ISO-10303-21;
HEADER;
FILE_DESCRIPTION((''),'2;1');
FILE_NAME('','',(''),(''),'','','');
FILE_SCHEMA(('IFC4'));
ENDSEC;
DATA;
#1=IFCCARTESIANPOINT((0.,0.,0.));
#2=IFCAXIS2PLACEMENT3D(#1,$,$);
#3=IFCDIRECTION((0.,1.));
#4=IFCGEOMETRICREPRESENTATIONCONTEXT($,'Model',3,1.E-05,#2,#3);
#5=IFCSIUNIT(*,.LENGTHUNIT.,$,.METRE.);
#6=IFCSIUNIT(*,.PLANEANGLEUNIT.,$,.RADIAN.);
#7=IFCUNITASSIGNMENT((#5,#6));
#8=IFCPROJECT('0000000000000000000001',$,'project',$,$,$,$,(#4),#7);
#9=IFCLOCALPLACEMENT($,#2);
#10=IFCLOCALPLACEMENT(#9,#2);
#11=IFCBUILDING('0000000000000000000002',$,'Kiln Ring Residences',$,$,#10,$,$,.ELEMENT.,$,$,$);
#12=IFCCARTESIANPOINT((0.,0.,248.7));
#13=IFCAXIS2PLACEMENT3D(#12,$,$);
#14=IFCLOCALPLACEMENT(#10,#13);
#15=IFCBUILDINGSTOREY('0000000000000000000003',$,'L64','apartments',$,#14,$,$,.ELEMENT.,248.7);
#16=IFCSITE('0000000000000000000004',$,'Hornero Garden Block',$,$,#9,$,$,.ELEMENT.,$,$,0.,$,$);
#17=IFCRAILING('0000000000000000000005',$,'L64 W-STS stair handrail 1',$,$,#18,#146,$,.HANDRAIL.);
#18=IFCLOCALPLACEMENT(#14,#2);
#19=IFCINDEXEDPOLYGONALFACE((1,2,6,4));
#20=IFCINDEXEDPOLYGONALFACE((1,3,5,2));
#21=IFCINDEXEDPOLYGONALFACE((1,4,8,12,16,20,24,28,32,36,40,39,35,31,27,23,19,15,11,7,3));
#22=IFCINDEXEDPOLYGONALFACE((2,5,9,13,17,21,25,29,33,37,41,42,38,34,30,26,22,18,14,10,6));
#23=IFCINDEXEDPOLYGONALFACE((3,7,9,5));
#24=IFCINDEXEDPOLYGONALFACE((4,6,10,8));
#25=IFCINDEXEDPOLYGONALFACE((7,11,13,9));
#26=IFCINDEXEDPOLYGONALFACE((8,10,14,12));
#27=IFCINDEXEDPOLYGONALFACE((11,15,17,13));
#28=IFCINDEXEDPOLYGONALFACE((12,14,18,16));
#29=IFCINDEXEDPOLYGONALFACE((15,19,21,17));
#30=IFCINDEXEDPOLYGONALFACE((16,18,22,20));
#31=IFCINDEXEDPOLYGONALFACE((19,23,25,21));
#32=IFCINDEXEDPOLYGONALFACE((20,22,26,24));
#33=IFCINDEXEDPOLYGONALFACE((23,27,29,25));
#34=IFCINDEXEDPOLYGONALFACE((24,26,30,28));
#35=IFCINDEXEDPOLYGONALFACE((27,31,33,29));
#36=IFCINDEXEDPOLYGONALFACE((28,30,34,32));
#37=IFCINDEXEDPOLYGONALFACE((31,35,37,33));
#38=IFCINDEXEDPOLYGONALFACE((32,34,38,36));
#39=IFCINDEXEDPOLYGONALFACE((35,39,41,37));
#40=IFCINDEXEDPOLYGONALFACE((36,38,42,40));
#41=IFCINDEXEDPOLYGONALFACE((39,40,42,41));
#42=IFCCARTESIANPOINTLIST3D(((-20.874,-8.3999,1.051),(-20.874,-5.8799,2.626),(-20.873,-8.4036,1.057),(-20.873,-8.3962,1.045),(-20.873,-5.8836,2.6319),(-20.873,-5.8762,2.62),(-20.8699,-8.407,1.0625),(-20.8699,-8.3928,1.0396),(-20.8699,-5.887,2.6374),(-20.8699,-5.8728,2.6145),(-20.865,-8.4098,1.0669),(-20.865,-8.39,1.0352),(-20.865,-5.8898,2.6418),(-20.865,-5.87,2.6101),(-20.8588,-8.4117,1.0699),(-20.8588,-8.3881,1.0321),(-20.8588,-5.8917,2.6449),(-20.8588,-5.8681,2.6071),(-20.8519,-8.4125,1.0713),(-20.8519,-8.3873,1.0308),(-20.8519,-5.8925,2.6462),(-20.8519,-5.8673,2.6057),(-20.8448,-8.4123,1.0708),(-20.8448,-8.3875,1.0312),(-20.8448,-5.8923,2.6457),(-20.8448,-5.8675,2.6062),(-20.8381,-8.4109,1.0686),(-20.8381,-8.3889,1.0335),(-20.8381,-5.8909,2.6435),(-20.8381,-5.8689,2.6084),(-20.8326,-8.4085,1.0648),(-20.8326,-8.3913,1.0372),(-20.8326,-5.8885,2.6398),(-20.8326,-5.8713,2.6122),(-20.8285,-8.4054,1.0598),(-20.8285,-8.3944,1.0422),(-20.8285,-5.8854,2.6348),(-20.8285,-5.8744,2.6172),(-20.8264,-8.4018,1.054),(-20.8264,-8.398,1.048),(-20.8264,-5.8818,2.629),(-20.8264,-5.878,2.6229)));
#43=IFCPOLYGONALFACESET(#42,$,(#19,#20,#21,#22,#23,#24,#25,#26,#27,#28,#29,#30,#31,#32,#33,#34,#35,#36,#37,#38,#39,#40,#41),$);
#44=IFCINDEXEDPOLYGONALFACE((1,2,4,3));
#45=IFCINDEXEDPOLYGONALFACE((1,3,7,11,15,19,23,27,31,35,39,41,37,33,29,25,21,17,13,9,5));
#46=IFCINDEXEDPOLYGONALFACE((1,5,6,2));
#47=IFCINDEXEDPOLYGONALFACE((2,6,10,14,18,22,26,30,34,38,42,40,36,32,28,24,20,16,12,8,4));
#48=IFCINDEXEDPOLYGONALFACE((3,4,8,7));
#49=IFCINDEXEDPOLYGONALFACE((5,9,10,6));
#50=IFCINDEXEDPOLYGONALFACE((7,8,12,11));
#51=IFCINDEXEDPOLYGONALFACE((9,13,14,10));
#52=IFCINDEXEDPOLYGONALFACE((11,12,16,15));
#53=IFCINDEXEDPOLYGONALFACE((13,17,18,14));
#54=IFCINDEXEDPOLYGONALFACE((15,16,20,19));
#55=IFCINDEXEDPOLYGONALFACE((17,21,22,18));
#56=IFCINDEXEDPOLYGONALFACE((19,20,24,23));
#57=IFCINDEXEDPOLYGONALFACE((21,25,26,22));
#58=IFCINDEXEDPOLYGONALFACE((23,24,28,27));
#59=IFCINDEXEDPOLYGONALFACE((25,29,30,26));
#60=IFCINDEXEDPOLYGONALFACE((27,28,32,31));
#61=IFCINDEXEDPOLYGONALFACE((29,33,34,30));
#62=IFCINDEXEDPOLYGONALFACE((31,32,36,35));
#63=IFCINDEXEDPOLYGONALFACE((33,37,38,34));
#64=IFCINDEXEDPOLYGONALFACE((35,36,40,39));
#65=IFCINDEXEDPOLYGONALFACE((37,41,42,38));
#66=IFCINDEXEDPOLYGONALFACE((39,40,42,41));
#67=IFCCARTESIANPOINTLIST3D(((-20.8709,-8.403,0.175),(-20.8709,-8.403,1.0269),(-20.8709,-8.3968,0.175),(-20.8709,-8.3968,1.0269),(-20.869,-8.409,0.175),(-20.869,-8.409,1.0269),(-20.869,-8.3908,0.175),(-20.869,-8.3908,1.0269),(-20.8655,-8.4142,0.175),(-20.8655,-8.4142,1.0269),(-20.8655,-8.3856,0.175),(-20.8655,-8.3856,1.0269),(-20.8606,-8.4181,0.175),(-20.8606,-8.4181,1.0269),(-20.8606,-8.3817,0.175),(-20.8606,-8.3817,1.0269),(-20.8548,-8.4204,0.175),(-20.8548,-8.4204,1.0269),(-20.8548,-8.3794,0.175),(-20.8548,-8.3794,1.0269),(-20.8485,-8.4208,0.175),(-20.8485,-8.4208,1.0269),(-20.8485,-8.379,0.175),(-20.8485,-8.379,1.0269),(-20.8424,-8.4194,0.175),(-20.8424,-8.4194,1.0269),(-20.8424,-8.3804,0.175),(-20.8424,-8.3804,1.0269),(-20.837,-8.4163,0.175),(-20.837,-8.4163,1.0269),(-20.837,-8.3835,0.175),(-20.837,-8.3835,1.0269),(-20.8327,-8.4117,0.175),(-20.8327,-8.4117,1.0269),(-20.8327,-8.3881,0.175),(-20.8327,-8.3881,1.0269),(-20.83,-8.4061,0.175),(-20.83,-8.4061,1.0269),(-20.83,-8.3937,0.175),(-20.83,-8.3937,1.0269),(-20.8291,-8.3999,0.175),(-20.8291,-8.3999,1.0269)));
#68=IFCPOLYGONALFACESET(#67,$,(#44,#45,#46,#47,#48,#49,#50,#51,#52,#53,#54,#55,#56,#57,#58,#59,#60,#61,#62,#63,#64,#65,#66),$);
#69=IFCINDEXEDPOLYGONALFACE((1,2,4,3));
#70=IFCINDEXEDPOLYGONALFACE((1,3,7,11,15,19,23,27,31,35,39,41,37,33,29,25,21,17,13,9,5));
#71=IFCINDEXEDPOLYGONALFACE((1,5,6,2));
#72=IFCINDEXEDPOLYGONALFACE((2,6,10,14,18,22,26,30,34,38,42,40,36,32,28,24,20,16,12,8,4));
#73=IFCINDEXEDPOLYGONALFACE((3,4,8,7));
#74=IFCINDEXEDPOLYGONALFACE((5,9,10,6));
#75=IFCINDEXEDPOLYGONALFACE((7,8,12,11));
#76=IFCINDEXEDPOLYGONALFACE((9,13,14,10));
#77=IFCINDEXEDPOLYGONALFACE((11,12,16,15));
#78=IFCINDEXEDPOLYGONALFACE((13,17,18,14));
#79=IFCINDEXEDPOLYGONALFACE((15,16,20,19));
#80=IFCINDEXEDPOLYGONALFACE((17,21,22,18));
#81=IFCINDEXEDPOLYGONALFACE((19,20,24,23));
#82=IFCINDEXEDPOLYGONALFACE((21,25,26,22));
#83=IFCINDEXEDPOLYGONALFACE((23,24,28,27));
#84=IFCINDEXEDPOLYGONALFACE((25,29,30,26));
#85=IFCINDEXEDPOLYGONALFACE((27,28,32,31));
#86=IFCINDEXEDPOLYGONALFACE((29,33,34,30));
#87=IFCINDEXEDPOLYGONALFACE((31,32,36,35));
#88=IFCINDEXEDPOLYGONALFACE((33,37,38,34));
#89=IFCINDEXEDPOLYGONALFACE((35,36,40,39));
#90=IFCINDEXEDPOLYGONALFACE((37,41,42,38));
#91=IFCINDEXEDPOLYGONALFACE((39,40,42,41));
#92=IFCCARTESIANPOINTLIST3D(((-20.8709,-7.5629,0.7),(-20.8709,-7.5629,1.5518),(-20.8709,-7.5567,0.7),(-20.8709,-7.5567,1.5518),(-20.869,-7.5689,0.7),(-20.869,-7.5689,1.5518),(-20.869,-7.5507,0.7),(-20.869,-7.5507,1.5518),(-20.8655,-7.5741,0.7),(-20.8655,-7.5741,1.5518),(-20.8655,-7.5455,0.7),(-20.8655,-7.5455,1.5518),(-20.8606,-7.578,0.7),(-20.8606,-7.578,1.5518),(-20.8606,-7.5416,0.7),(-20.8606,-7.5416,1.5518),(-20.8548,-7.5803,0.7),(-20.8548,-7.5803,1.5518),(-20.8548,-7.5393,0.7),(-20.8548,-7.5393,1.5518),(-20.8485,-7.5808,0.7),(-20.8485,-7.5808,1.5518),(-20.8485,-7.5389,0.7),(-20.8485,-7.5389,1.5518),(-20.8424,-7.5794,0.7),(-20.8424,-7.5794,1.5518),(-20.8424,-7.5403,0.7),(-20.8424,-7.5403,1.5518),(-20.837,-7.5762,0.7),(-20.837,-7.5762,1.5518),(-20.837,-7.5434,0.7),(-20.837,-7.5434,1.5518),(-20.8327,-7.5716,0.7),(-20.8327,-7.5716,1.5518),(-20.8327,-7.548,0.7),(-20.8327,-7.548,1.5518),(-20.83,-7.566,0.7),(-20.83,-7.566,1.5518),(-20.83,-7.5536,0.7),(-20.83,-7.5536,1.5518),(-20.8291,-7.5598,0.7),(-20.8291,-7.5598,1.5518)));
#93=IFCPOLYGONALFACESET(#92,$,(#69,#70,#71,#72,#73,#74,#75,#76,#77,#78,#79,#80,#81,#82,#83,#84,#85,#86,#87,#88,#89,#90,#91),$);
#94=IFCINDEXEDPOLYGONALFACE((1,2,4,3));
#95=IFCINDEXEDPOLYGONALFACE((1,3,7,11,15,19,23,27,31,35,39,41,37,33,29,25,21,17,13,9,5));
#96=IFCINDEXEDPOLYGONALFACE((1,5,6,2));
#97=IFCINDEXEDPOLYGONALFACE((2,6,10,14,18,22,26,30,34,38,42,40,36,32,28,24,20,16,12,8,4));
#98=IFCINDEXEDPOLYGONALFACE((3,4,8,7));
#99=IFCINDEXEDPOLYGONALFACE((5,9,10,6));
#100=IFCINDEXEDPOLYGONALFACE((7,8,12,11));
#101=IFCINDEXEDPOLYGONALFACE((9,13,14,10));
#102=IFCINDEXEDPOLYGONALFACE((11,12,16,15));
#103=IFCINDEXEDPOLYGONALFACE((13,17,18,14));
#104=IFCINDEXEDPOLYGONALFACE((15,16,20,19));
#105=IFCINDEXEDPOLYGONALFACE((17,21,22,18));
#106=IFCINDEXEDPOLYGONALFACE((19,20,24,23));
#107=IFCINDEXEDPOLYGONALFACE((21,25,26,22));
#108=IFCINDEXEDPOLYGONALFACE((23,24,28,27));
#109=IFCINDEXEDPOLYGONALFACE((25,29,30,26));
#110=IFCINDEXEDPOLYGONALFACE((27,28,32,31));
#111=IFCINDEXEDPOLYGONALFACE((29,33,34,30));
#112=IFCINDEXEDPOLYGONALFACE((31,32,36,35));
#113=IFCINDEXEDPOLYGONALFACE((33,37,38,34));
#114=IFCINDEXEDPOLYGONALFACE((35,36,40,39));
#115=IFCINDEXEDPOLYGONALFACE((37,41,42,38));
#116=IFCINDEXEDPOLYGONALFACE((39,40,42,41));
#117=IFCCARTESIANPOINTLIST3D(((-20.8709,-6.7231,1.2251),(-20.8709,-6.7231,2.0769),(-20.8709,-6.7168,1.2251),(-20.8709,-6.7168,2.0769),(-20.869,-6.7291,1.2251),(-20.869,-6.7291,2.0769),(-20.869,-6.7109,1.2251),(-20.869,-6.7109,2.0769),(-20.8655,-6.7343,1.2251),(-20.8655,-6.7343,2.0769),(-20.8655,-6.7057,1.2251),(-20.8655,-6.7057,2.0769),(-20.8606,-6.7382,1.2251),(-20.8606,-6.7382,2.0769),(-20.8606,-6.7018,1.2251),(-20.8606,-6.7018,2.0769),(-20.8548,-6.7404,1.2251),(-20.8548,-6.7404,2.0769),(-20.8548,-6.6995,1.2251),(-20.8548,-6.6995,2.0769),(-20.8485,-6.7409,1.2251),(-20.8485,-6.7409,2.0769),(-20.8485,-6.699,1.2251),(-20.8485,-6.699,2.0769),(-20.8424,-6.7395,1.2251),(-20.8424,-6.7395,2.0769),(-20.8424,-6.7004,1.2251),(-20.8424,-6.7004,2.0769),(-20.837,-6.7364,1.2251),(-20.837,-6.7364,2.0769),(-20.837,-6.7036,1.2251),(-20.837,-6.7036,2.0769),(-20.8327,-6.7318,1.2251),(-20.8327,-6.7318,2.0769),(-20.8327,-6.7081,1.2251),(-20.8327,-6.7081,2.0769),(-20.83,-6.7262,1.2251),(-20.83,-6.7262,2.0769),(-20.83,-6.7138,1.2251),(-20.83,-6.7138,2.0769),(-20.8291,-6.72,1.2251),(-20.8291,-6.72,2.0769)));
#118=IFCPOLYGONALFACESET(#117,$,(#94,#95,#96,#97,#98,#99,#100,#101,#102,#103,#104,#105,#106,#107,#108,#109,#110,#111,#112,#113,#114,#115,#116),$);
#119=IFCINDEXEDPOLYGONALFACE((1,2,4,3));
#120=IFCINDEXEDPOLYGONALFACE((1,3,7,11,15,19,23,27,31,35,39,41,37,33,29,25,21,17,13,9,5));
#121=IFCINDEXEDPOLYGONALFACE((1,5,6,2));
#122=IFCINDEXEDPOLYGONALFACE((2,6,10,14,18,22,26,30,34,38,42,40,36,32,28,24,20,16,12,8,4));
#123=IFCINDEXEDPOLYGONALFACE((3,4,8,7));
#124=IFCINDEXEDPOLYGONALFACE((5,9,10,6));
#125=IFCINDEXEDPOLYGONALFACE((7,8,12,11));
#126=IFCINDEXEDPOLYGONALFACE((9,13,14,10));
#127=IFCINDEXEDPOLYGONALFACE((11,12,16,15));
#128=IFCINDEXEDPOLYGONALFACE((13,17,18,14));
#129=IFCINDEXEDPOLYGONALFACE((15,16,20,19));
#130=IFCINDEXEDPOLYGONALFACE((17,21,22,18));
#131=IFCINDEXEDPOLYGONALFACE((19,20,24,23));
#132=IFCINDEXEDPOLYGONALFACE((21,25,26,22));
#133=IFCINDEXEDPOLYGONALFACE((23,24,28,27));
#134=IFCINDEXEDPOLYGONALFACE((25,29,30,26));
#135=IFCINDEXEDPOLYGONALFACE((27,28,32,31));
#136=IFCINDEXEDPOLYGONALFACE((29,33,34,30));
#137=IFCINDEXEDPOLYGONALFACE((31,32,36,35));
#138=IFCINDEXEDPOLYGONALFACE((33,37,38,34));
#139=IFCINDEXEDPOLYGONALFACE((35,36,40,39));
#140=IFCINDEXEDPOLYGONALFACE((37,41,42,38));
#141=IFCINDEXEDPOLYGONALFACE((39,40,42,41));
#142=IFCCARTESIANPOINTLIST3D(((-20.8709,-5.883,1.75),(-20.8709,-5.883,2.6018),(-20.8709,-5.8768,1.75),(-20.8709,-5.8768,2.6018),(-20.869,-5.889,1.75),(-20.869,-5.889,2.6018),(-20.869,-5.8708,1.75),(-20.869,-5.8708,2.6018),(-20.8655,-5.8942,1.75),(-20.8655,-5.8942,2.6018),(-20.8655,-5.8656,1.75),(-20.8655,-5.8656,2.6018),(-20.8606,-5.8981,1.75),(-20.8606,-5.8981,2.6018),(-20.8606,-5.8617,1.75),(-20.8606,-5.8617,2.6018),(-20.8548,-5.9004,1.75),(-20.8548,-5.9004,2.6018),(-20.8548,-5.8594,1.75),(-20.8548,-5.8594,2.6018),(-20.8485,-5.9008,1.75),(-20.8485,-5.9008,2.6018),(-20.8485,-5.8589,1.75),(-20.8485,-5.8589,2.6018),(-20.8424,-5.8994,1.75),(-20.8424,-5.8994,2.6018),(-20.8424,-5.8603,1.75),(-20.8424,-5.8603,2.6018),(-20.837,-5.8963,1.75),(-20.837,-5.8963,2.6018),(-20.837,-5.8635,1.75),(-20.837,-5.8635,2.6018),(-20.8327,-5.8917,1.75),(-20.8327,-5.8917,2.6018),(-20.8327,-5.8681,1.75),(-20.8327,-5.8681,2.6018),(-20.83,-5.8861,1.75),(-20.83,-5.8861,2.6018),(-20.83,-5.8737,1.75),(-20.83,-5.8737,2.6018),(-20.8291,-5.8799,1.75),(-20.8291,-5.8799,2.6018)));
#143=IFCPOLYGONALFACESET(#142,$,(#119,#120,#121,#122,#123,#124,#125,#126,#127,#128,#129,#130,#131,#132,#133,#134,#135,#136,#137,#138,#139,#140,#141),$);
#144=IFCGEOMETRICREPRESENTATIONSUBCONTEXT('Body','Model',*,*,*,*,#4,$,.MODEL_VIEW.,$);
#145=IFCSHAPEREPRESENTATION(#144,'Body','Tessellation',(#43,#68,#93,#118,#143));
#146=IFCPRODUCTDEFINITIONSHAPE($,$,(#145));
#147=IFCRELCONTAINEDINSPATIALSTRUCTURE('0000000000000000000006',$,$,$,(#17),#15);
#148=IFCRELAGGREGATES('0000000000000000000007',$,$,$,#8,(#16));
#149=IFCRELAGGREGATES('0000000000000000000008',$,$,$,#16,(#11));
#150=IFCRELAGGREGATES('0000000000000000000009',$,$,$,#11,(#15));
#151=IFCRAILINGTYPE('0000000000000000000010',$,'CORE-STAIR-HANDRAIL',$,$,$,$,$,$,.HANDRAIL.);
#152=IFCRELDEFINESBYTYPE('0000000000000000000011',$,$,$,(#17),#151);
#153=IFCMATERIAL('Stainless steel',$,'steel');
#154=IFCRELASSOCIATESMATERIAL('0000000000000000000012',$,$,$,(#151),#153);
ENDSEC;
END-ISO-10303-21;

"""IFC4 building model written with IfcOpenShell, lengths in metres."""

from ifc_helpers import new_model, si_unit, direction, frame, origin, origin_2d, place, context, subcontext, project, spatial, circle, extrude, material, type_object, element, save


model = new_model("IFC4")

# Units and contexts
model_context = context("Model", 3, precision=1e-05, world=origin(), true_north=direction((0.0, 1.0)))
body_context = subcontext(model_context, "Body", "Model", "MODEL_VIEW")
ifc_project = project(units=[si_unit("LENGTHUNIT", "METRE"), si_unit("PLANEANGLEUNIT", "RADIAN")], contexts=[model_context])

# Site, building, storey
site_placement = place(None, origin())
site = spatial("IfcSite", under=ifc_project, at=site_placement, Name="Hornero Garden Block", CompositionType="ELEMENT", RefElevation=0.0)
building_placement = place(site_placement, origin())
building = spatial("IfcBuilding", under=site, at=building_placement, Name="Kiln Ring Residences", CompositionType="ELEMENT")
storey_placement = place(building_placement, frame((0.0, 0.0, 248.7)))
storey = spatial("IfcBuildingStorey", under=building, at=storey_placement, Name="L64", Description="apartments", CompositionType="ELEMENT", Elevation=248.7)

# Railing
ifc_material_1 = material(Name="Stainless steel", Category="steel")
railing_type_1 = type_object("IfcRailingType", Name="CORE-STAIR-HANDRAIL", PredefinedType="HANDRAIL", material=ifc_material_1)
railing_1_placement = place(storey_placement, frame((-20.8501, -8.3999, 0.175)))
element("IfcRailing", 1, at=railing_1_placement, inside=storey, type_object=railing_type_1, Name="L64 W-STS stair handrail 1", PredefinedType="HANDRAIL", context=body_context, shape_type="SweptSolid", body=[
    extrude(circle(Radius=0.0239, at=origin_2d()), frame((0.0, 0.0, 0.876), z_axis=(0.0, 0.848008, 0.529984), x_axis=(-1.0, 0.0, 0.0)), (0.0, 0.0, 1.0), 2.9717),
    extrude(circle(Radius=0.021, at=origin_2d()), origin(), (0.0, 0.0, 1.0), 0.8518),
    extrude(circle(Radius=0.021, at=origin_2d()), frame((0.0, 0.8401, 0.5249)), (0.0, 0.0, 1.0), 0.8518),
    extrude(circle(Radius=0.021, at=origin_2d()), frame((0.0, 1.6799, 1.05)), (0.0, 0.0, 1.0), 0.8518),
    extrude(circle(Radius=0.021, at=origin_2d()), frame((0.0, 2.52, 1.575)), (0.0, 0.0, 1.0), 0.8518),
])

save(model, "model.ifc")
